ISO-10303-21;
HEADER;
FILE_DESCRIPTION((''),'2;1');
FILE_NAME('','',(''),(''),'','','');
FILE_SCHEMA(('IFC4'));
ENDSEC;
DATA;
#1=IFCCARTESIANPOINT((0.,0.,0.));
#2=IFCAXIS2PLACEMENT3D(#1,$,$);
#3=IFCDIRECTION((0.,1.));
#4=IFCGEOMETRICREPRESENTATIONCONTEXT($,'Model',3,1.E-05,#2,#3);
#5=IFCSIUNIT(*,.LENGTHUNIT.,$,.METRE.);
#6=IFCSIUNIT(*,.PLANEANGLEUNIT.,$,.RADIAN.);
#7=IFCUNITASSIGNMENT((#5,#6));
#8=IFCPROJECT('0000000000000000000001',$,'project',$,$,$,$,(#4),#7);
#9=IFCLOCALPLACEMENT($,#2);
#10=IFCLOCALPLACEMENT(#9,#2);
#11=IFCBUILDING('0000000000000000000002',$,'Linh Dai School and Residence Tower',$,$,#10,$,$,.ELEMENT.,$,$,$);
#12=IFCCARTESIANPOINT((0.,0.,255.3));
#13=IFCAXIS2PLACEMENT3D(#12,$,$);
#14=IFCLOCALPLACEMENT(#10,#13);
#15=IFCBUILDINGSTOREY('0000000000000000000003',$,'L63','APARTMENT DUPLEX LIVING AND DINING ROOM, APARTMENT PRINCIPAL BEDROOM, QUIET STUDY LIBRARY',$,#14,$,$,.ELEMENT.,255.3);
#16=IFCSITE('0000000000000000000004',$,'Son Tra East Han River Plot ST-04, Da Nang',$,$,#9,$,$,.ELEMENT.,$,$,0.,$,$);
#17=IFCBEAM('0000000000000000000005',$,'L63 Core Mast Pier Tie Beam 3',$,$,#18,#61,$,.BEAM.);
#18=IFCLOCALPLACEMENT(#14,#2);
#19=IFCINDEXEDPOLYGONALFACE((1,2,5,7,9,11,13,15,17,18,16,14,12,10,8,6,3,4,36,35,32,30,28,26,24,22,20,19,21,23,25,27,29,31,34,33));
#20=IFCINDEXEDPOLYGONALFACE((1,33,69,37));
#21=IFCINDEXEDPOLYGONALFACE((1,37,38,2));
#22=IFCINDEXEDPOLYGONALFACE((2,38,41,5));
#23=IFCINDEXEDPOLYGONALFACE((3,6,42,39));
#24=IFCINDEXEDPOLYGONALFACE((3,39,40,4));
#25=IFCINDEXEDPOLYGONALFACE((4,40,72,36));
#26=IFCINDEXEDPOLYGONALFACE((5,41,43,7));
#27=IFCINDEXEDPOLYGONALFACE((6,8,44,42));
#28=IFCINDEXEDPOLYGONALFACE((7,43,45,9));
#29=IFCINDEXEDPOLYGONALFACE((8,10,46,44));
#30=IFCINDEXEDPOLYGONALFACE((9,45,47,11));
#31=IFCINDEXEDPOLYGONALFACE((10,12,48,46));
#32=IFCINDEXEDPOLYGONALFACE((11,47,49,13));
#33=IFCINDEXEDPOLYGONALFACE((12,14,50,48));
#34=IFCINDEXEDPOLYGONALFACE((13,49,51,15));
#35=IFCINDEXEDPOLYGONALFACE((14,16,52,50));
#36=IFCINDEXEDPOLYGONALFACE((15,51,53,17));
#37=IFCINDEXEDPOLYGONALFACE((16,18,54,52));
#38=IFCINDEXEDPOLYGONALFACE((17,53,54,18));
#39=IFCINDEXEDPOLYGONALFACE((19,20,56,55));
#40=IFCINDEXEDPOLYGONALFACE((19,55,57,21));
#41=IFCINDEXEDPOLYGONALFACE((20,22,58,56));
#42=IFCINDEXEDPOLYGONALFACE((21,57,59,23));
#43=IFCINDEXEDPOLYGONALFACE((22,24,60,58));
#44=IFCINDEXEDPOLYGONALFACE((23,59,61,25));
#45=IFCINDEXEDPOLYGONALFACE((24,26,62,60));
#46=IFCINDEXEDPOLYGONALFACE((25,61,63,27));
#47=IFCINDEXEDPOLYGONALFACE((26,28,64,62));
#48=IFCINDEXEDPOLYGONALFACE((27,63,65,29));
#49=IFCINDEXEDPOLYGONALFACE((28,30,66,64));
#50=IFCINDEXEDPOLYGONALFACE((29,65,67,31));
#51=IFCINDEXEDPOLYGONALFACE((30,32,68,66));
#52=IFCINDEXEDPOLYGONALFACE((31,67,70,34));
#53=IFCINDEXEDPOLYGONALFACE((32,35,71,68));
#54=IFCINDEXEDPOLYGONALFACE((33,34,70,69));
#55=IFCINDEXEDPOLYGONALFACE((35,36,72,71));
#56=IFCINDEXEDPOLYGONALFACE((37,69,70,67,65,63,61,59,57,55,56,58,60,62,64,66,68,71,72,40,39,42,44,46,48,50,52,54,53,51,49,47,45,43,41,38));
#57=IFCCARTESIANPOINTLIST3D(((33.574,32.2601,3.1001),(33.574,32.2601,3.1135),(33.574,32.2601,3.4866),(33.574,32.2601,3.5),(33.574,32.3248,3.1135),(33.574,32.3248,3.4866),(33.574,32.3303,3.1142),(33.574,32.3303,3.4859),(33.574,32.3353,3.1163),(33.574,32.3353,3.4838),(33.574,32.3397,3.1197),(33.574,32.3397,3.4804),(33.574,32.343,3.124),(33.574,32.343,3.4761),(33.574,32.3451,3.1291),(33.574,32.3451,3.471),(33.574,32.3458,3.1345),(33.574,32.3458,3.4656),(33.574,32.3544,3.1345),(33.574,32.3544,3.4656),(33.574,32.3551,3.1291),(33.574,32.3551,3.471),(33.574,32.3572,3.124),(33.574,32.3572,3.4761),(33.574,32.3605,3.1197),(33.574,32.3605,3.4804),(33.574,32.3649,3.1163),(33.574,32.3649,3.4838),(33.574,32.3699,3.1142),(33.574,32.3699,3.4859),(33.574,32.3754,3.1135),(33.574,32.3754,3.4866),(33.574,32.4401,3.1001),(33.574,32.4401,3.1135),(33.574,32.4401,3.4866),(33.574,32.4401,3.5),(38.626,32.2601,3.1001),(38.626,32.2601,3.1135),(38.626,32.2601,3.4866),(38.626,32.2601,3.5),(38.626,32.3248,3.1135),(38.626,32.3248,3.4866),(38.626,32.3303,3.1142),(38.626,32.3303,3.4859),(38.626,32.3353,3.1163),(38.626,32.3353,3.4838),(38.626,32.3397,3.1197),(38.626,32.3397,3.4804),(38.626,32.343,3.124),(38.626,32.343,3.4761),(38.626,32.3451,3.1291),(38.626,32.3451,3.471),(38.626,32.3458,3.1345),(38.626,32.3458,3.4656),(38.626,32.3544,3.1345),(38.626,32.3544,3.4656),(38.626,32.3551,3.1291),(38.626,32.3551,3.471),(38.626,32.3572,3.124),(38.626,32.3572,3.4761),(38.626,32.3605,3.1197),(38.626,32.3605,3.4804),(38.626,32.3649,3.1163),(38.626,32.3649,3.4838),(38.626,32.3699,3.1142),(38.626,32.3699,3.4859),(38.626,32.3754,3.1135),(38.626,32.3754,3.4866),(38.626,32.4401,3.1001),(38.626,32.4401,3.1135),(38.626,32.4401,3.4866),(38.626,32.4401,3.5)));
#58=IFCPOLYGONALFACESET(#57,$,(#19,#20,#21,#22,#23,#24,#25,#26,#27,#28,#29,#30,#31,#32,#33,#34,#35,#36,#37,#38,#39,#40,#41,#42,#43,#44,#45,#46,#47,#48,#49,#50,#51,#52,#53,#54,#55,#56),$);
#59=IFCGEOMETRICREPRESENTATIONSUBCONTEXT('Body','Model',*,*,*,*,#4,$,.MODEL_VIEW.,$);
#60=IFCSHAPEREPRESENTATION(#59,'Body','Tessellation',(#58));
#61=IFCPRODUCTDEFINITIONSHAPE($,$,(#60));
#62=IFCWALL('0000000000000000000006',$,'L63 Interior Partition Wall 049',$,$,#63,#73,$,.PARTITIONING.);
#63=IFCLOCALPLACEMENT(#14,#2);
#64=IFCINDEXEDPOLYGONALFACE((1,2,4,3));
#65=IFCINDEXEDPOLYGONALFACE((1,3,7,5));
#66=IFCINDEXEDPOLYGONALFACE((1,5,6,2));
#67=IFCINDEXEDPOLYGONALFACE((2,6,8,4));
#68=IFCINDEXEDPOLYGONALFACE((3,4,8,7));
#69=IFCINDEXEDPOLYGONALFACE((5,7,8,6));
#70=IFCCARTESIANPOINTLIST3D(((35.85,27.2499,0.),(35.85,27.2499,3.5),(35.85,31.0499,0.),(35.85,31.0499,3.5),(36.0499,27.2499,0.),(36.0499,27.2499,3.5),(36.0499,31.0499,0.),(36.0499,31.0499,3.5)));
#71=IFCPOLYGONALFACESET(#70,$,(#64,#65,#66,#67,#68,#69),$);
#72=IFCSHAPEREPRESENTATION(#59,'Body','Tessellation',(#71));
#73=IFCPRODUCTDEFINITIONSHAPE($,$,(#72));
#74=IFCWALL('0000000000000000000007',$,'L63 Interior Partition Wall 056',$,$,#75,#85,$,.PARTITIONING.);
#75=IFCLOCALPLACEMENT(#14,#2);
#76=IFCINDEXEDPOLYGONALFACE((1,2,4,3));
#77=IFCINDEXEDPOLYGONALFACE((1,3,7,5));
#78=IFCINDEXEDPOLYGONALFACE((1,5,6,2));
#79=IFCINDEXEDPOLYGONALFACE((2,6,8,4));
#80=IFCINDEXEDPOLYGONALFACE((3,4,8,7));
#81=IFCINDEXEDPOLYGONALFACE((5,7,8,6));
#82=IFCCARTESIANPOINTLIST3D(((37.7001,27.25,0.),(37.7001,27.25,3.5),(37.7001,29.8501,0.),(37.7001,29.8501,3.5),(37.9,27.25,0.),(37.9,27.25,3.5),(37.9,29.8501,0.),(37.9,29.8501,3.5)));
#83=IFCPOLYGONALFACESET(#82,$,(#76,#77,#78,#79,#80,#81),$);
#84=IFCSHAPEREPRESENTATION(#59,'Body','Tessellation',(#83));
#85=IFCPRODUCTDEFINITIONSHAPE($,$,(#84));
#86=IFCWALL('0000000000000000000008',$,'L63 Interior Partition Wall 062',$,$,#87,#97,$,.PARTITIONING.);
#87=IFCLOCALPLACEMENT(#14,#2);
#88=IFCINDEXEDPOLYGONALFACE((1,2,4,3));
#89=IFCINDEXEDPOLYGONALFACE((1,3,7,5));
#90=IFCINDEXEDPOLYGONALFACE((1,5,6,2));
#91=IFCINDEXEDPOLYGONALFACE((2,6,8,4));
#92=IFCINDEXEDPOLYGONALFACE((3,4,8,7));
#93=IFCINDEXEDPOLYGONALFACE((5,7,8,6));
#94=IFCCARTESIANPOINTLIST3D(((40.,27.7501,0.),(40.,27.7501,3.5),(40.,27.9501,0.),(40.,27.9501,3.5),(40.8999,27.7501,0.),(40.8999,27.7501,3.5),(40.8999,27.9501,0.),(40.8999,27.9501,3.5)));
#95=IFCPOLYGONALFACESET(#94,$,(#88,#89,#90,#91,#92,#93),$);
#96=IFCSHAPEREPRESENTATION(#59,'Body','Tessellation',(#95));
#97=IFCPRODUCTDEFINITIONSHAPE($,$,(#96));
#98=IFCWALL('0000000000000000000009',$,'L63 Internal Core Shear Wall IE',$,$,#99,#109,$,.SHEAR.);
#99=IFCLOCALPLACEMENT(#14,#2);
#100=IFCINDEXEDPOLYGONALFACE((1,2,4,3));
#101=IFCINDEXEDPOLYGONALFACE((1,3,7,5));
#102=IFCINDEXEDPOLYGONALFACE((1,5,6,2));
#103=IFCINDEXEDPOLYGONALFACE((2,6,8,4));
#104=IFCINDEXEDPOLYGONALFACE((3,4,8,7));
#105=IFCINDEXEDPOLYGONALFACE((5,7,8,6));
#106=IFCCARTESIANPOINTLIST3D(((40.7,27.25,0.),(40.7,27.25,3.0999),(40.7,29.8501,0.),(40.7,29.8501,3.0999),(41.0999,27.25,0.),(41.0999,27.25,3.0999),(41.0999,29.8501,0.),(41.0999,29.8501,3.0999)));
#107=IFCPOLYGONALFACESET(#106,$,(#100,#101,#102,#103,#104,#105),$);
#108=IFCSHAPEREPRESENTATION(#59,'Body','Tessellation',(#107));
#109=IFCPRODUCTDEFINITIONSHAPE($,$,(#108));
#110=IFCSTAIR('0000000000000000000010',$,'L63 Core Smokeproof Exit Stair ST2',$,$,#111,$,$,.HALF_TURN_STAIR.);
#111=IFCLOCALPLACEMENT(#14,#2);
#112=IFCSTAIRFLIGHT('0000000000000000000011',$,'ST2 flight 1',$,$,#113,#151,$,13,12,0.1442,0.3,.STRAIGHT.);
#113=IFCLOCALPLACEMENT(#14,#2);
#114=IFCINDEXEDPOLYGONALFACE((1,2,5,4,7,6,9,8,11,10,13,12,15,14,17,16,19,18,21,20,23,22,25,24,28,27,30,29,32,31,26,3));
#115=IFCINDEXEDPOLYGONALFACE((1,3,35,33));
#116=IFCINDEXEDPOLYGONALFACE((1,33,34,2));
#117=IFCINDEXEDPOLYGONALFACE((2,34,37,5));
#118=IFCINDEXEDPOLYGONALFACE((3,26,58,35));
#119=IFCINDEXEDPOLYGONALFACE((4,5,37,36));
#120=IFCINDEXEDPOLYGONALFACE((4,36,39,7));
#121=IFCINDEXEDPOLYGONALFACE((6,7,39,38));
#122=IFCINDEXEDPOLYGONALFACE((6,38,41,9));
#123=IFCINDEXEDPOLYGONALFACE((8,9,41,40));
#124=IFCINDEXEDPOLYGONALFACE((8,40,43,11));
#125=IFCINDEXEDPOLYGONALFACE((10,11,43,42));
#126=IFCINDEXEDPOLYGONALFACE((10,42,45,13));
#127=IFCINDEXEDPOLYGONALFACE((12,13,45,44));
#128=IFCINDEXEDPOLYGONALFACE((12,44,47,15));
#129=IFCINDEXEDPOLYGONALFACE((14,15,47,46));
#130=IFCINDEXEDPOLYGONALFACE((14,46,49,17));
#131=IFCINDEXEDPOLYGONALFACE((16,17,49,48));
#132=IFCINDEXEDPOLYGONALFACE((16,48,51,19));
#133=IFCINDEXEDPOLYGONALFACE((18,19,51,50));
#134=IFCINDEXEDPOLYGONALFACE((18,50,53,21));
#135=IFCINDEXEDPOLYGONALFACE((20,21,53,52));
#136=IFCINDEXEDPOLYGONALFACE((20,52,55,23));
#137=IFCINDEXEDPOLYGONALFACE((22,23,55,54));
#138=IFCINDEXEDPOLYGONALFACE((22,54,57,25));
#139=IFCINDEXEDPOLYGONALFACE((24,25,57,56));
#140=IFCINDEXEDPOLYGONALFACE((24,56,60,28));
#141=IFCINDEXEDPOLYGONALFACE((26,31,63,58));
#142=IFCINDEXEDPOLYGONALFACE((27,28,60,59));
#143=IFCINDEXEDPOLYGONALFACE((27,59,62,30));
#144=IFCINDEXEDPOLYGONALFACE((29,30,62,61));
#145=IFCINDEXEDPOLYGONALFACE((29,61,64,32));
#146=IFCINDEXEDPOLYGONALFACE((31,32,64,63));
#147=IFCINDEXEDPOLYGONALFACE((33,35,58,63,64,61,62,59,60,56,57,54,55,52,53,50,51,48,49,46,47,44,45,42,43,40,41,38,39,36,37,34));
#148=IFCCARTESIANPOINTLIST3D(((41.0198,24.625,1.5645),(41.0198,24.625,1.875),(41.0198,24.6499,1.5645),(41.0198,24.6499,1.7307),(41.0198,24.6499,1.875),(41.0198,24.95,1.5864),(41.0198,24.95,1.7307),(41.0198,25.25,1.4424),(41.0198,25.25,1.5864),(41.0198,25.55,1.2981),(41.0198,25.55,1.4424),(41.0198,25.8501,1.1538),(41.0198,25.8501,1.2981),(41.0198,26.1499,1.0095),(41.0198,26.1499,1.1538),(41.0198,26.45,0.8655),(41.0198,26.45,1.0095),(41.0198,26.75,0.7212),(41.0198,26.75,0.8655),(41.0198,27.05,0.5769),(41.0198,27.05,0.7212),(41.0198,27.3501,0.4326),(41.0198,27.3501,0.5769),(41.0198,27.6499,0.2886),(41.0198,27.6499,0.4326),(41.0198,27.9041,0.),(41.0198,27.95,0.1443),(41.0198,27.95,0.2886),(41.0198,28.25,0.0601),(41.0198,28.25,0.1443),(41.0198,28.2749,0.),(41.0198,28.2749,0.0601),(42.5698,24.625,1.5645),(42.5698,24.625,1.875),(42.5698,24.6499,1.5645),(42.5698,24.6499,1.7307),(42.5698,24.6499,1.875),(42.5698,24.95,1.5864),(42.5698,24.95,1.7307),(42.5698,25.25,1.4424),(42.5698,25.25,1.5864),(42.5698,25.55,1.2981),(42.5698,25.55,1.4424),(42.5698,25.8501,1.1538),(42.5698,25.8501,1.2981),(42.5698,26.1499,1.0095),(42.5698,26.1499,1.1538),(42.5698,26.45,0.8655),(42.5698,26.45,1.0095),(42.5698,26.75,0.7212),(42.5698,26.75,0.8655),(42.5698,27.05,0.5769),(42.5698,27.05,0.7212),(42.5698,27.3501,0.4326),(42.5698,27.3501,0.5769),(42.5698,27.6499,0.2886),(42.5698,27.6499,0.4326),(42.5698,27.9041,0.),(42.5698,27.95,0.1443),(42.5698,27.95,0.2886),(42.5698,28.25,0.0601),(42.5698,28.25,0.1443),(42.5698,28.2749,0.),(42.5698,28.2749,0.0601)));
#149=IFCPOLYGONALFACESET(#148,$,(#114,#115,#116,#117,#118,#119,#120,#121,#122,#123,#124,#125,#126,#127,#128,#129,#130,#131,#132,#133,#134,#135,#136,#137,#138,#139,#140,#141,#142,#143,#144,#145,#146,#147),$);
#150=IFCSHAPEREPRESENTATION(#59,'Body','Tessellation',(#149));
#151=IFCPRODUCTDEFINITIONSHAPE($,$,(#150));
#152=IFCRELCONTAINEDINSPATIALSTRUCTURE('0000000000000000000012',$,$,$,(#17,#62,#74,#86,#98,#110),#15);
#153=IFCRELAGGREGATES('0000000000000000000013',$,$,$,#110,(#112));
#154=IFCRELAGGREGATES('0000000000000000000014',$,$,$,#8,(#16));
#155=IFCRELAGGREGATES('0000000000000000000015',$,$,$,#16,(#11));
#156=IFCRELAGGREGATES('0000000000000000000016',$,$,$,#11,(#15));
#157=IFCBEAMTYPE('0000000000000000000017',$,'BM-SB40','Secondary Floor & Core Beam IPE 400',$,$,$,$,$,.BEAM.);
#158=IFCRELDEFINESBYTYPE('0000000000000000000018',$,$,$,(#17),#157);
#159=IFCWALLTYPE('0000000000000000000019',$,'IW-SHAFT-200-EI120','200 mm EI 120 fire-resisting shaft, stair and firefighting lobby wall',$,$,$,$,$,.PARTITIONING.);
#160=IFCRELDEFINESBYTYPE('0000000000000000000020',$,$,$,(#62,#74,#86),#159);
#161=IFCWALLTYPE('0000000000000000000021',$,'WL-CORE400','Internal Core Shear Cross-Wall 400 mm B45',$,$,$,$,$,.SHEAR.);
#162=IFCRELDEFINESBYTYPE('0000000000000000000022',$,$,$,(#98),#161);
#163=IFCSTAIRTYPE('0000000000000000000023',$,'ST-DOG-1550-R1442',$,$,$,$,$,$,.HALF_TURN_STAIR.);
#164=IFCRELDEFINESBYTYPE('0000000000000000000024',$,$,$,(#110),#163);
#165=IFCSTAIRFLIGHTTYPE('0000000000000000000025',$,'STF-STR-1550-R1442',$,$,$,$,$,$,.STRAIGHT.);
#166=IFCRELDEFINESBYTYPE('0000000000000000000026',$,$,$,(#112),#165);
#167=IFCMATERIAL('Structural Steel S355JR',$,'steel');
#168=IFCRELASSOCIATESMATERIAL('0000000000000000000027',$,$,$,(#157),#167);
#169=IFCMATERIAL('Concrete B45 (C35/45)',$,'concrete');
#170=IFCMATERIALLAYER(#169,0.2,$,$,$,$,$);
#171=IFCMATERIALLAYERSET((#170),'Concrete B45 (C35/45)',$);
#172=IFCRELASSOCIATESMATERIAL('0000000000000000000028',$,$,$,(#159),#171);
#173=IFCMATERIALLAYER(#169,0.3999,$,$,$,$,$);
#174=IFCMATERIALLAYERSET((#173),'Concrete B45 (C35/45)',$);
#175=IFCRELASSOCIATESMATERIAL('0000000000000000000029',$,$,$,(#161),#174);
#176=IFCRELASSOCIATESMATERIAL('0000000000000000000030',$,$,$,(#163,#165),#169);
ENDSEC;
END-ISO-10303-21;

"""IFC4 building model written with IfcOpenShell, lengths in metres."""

from ifc_helpers import new_model, si_unit, direction, frame, frame_2d, origin, origin_2d, place, context, subcontext, project, spatial, polyline, rectangle, i_section, outline, extrude, source, transform, mapped, material, layer, layer_set, material_profile, profile_set, type_object, element, aggregate, save


model = new_model("IFC4")

# Units and contexts
model_context = context("Model", 3, precision=1e-05, world=origin(), true_north=direction((0.0, 1.0)))
body_context = subcontext(model_context, "Body", "Model", "MODEL_VIEW")
ifc_project = project(units=[si_unit("LENGTHUNIT", "METRE"), si_unit("PLANEANGLEUNIT", "RADIAN")], contexts=[model_context])

# Site, building, storey
site_placement = place(None, origin())
site = spatial("IfcSite", under=ifc_project, at=site_placement, Name="Son Tra East Han River Plot ST-04, Da Nang", CompositionType="ELEMENT", RefElevation=0.0)
building_placement = place(site_placement, origin())
building = spatial("IfcBuilding", under=site, at=building_placement, Name="Linh Dai School and Residence Tower", CompositionType="ELEMENT")
storey_placement = place(building_placement, frame((0.0, 0.0, 255.3)))
storey = spatial("IfcBuildingStorey", under=building, at=storey_placement, Name="L63", Description="APARTMENT DUPLEX LIVING AND DINING ROOM, APARTMENT PRINCIPAL BEDROOM, QUIET STUDY LIBRARY", CompositionType="ELEMENT", Elevation=255.3)

# Shared definitions
ifc_material_1 = material(Name="Structural Steel S355JR", Category="steel")

# Beam
ifc_material_profile_1 = material_profile(ifc_material_1, i_section(OverallWidth=0.1799, OverallDepth=0.3999, WebThickness=0.0085, FlangeThickness=0.0134, FilletRadius=0.021, at=origin_2d()), Name="IPE 400")
ifc_profile_set_1 = profile_set([ifc_material_profile_1], Name="Structural Steel S355JR")
beam_type_1 = type_object("IfcBeamType", Name="BM-SB40", Description="Secondary Floor & Core Beam IPE 400", PredefinedType="BEAM", material=ifc_profile_set_1)
beam_1_placement = place(storey_placement, frame((38.626, 32.3501, 3.3), z_axis=(-1.0, 0.0, 0.0), x_axis=(0.0, -1.0, 0.0)))
element("IfcBeam", 1, at=beam_1_placement, inside=storey, type_object=beam_type_1, Name="L63 Core Mast Pier Tie Beam 3", PredefinedType="BEAM", context=body_context, shape_type="SweptSolid", body=[
    extrude(i_section(OverallWidth=0.1799, OverallDepth=0.3999, WebThickness=0.0085, FlangeThickness=0.0134, FilletRadius=0.021, at=origin_2d()), origin(), (0.0, 0.0, 1.0), 5.052),
])

# Wall
ifc_material_2 = material(Name="Concrete B45 (C35/45)", Category="concrete")
ifc_layer_1 = layer(ifc_material_2, 0.2)
ifc_layer_set_1 = layer_set([ifc_layer_1], Name="Concrete B45 (C35/45)")
wall_type_1 = type_object("IfcWallType", Name="IW-SHAFT-200-EI120", Description="200 mm EI 120 fire-resisting shaft, stair and firefighting lobby wall", PredefinedType="PARTITIONING", material=ifc_layer_set_1)
wall_1_placement = place(storey_placement, frame((35.95, 27.25, 0.0), z_axis=(0.0, 0.0, 1.0), x_axis=(0.0, 1.0, 0.0)))
element("IfcWall", 2, at=wall_1_placement, inside=storey, type_object=wall_type_1, Name="L63 Interior Partition Wall 049", PredefinedType="PARTITIONING", context=body_context, shape_type="SweptSolid", body=[
    extrude(rectangle(XDim=3.8, YDim=0.2, at=frame_2d((1.8999, 0.0))), origin(), (0.0, 0.0, 1.0), 3.5),
])

# Walls
wall_2_placement = place(storey_placement, frame((37.8, 27.25, 0.0), z_axis=(0.0, 0.0, 1.0), x_axis=(0.0, 1.0, 0.0)))
element("IfcWall", 3, at=wall_2_placement, inside=storey, type_object=wall_type_1, Name="L63 Interior Partition Wall 056", PredefinedType="PARTITIONING", context=body_context, shape_type="SweptSolid", body=[
    extrude(rectangle(XDim=2.6001, YDim=0.2, at=frame_2d((1.3, 0.0))), origin(), (0.0, 0.0, 1.0), 3.5),
])
wall_3_placement = place(storey_placement, frame((40.0, 27.8501, 0.0), z_axis=(0.0, 0.0, 1.0), x_axis=(1.0, 0.0, 0.0)))
element("IfcWall", 4, at=wall_3_placement, inside=storey, type_object=wall_type_1, Name="L63 Interior Partition Wall 062", PredefinedType="PARTITIONING", context=body_context, shape_type="SweptSolid", body=[
    extrude(rectangle(XDim=0.8999, YDim=0.2, at=frame_2d((0.45, 0.0))), origin(), (0.0, 0.0, 1.0), 3.5),
])
ifc_layer_2 = layer(ifc_material_2, 0.3999)
ifc_layer_set_2 = layer_set([ifc_layer_2], Name="Concrete B45 (C35/45)")
wall_type_2 = type_object("IfcWallType", Name="WL-CORE400", Description="Internal Core Shear Cross-Wall 400 mm B45", PredefinedType="SHEAR", material=ifc_layer_set_2)
wall_4_placement = place(storey_placement, frame((40.8999, 27.25, 0.0), z_axis=(0.0, 0.0, 1.0), x_axis=(0.0, 1.0, 0.0)))
element("IfcWall", 5, at=wall_4_placement, inside=storey, type_object=wall_type_2, Name="L63 Internal Core Shear Wall IE", PredefinedType="SHEAR", context=body_context, shape_type="SweptSolid", body=[
    extrude(rectangle(XDim=2.6001, YDim=0.3999, at=frame_2d((1.3, 0.0))), origin(), (0.0, 0.0, 1.0), 3.0999),
])

# Stair, stair flight
stair_type = type_object("IfcStairType", Name="ST-DOG-1550-R1442", PredefinedType="HALF_TURN_STAIR", material=ifc_material_2)
stair_placement = place(storey_placement, origin())
stair = element("IfcStair", 6, at=stair_placement, inside=storey, type_object=stair_type, Name="L63 Core Smokeproof Exit Stair ST2", PredefinedType="HALF_TURN_STAIR")
stair_flight_type = type_object("IfcStairFlightType", Name="STF-STR-1550-R1442", PredefinedType="STRAIGHT", material=ifc_material_2)
shared_shape_1 = source(origin(), body_context, "Body", "SweptSolid", [
    extrude(outline(polyline([(-0.0249, 0.0), (-0.0249, 0.0601), (0.0, 0.0601), (0.0, 0.1443), (0.3, 0.1443), (0.3, 0.2886), (0.6001, 0.2886), (0.6001, 0.4326), (0.8999, 0.4326), (0.8999, 0.5769), (1.2, 0.5769), (1.2, 0.7212), (1.5, 0.7212), (1.5, 0.8655), (1.8, 0.8655), (1.8, 1.0095), (2.1001, 1.0095), (2.1001, 1.1538), (2.3999, 1.1538), (2.3999, 1.2981), (2.7, 1.2981), (2.7, 1.4424), (3.0, 1.4424), (3.0, 1.5864), (3.3, 1.5864), (3.3, 1.7307), (3.6001, 1.7307), (3.6001, 1.875), (3.625, 1.875), (3.625, 1.5645), (3.6001, 1.5645), (0.3459, 0.0), (-0.0249, 0.0)])), frame((0.0, 0.7749, 0.0), z_axis=(0.0, -1.0, 0.0), x_axis=(1.0, 0.0, 0.0)), (0.0, 0.0, 1.0), 1.55),
])
stair_flight_placement = place(storey_placement, frame((41.7949, 28.25, 0.0), z_axis=(0.0, 0.0, 1.0), x_axis=(0.0, -1.0, 0.0)))
stair_flight = element("IfcStairFlight", 7, at=stair_flight_placement, type_object=stair_flight_type, Name="ST2 flight 1", NumberOfRisers=13, NumberOfTreads=12, PredefinedType="STRAIGHT", RiserHeight=0.1442, TreadLength=0.3, context=body_context, shape_type="MappedRepresentation", body=[
    mapped(shared_shape_1, transform((0.0, 0.0, 0.0), x_axis=(1.0, 0.0, 0.0), y_axis=(0.0, 1.0, 0.0), z_axis=(0.0, 0.0, 1.0), scale=1.0)),
])
aggregate(stair, [stair_flight])

save(model, "model.ifc")
